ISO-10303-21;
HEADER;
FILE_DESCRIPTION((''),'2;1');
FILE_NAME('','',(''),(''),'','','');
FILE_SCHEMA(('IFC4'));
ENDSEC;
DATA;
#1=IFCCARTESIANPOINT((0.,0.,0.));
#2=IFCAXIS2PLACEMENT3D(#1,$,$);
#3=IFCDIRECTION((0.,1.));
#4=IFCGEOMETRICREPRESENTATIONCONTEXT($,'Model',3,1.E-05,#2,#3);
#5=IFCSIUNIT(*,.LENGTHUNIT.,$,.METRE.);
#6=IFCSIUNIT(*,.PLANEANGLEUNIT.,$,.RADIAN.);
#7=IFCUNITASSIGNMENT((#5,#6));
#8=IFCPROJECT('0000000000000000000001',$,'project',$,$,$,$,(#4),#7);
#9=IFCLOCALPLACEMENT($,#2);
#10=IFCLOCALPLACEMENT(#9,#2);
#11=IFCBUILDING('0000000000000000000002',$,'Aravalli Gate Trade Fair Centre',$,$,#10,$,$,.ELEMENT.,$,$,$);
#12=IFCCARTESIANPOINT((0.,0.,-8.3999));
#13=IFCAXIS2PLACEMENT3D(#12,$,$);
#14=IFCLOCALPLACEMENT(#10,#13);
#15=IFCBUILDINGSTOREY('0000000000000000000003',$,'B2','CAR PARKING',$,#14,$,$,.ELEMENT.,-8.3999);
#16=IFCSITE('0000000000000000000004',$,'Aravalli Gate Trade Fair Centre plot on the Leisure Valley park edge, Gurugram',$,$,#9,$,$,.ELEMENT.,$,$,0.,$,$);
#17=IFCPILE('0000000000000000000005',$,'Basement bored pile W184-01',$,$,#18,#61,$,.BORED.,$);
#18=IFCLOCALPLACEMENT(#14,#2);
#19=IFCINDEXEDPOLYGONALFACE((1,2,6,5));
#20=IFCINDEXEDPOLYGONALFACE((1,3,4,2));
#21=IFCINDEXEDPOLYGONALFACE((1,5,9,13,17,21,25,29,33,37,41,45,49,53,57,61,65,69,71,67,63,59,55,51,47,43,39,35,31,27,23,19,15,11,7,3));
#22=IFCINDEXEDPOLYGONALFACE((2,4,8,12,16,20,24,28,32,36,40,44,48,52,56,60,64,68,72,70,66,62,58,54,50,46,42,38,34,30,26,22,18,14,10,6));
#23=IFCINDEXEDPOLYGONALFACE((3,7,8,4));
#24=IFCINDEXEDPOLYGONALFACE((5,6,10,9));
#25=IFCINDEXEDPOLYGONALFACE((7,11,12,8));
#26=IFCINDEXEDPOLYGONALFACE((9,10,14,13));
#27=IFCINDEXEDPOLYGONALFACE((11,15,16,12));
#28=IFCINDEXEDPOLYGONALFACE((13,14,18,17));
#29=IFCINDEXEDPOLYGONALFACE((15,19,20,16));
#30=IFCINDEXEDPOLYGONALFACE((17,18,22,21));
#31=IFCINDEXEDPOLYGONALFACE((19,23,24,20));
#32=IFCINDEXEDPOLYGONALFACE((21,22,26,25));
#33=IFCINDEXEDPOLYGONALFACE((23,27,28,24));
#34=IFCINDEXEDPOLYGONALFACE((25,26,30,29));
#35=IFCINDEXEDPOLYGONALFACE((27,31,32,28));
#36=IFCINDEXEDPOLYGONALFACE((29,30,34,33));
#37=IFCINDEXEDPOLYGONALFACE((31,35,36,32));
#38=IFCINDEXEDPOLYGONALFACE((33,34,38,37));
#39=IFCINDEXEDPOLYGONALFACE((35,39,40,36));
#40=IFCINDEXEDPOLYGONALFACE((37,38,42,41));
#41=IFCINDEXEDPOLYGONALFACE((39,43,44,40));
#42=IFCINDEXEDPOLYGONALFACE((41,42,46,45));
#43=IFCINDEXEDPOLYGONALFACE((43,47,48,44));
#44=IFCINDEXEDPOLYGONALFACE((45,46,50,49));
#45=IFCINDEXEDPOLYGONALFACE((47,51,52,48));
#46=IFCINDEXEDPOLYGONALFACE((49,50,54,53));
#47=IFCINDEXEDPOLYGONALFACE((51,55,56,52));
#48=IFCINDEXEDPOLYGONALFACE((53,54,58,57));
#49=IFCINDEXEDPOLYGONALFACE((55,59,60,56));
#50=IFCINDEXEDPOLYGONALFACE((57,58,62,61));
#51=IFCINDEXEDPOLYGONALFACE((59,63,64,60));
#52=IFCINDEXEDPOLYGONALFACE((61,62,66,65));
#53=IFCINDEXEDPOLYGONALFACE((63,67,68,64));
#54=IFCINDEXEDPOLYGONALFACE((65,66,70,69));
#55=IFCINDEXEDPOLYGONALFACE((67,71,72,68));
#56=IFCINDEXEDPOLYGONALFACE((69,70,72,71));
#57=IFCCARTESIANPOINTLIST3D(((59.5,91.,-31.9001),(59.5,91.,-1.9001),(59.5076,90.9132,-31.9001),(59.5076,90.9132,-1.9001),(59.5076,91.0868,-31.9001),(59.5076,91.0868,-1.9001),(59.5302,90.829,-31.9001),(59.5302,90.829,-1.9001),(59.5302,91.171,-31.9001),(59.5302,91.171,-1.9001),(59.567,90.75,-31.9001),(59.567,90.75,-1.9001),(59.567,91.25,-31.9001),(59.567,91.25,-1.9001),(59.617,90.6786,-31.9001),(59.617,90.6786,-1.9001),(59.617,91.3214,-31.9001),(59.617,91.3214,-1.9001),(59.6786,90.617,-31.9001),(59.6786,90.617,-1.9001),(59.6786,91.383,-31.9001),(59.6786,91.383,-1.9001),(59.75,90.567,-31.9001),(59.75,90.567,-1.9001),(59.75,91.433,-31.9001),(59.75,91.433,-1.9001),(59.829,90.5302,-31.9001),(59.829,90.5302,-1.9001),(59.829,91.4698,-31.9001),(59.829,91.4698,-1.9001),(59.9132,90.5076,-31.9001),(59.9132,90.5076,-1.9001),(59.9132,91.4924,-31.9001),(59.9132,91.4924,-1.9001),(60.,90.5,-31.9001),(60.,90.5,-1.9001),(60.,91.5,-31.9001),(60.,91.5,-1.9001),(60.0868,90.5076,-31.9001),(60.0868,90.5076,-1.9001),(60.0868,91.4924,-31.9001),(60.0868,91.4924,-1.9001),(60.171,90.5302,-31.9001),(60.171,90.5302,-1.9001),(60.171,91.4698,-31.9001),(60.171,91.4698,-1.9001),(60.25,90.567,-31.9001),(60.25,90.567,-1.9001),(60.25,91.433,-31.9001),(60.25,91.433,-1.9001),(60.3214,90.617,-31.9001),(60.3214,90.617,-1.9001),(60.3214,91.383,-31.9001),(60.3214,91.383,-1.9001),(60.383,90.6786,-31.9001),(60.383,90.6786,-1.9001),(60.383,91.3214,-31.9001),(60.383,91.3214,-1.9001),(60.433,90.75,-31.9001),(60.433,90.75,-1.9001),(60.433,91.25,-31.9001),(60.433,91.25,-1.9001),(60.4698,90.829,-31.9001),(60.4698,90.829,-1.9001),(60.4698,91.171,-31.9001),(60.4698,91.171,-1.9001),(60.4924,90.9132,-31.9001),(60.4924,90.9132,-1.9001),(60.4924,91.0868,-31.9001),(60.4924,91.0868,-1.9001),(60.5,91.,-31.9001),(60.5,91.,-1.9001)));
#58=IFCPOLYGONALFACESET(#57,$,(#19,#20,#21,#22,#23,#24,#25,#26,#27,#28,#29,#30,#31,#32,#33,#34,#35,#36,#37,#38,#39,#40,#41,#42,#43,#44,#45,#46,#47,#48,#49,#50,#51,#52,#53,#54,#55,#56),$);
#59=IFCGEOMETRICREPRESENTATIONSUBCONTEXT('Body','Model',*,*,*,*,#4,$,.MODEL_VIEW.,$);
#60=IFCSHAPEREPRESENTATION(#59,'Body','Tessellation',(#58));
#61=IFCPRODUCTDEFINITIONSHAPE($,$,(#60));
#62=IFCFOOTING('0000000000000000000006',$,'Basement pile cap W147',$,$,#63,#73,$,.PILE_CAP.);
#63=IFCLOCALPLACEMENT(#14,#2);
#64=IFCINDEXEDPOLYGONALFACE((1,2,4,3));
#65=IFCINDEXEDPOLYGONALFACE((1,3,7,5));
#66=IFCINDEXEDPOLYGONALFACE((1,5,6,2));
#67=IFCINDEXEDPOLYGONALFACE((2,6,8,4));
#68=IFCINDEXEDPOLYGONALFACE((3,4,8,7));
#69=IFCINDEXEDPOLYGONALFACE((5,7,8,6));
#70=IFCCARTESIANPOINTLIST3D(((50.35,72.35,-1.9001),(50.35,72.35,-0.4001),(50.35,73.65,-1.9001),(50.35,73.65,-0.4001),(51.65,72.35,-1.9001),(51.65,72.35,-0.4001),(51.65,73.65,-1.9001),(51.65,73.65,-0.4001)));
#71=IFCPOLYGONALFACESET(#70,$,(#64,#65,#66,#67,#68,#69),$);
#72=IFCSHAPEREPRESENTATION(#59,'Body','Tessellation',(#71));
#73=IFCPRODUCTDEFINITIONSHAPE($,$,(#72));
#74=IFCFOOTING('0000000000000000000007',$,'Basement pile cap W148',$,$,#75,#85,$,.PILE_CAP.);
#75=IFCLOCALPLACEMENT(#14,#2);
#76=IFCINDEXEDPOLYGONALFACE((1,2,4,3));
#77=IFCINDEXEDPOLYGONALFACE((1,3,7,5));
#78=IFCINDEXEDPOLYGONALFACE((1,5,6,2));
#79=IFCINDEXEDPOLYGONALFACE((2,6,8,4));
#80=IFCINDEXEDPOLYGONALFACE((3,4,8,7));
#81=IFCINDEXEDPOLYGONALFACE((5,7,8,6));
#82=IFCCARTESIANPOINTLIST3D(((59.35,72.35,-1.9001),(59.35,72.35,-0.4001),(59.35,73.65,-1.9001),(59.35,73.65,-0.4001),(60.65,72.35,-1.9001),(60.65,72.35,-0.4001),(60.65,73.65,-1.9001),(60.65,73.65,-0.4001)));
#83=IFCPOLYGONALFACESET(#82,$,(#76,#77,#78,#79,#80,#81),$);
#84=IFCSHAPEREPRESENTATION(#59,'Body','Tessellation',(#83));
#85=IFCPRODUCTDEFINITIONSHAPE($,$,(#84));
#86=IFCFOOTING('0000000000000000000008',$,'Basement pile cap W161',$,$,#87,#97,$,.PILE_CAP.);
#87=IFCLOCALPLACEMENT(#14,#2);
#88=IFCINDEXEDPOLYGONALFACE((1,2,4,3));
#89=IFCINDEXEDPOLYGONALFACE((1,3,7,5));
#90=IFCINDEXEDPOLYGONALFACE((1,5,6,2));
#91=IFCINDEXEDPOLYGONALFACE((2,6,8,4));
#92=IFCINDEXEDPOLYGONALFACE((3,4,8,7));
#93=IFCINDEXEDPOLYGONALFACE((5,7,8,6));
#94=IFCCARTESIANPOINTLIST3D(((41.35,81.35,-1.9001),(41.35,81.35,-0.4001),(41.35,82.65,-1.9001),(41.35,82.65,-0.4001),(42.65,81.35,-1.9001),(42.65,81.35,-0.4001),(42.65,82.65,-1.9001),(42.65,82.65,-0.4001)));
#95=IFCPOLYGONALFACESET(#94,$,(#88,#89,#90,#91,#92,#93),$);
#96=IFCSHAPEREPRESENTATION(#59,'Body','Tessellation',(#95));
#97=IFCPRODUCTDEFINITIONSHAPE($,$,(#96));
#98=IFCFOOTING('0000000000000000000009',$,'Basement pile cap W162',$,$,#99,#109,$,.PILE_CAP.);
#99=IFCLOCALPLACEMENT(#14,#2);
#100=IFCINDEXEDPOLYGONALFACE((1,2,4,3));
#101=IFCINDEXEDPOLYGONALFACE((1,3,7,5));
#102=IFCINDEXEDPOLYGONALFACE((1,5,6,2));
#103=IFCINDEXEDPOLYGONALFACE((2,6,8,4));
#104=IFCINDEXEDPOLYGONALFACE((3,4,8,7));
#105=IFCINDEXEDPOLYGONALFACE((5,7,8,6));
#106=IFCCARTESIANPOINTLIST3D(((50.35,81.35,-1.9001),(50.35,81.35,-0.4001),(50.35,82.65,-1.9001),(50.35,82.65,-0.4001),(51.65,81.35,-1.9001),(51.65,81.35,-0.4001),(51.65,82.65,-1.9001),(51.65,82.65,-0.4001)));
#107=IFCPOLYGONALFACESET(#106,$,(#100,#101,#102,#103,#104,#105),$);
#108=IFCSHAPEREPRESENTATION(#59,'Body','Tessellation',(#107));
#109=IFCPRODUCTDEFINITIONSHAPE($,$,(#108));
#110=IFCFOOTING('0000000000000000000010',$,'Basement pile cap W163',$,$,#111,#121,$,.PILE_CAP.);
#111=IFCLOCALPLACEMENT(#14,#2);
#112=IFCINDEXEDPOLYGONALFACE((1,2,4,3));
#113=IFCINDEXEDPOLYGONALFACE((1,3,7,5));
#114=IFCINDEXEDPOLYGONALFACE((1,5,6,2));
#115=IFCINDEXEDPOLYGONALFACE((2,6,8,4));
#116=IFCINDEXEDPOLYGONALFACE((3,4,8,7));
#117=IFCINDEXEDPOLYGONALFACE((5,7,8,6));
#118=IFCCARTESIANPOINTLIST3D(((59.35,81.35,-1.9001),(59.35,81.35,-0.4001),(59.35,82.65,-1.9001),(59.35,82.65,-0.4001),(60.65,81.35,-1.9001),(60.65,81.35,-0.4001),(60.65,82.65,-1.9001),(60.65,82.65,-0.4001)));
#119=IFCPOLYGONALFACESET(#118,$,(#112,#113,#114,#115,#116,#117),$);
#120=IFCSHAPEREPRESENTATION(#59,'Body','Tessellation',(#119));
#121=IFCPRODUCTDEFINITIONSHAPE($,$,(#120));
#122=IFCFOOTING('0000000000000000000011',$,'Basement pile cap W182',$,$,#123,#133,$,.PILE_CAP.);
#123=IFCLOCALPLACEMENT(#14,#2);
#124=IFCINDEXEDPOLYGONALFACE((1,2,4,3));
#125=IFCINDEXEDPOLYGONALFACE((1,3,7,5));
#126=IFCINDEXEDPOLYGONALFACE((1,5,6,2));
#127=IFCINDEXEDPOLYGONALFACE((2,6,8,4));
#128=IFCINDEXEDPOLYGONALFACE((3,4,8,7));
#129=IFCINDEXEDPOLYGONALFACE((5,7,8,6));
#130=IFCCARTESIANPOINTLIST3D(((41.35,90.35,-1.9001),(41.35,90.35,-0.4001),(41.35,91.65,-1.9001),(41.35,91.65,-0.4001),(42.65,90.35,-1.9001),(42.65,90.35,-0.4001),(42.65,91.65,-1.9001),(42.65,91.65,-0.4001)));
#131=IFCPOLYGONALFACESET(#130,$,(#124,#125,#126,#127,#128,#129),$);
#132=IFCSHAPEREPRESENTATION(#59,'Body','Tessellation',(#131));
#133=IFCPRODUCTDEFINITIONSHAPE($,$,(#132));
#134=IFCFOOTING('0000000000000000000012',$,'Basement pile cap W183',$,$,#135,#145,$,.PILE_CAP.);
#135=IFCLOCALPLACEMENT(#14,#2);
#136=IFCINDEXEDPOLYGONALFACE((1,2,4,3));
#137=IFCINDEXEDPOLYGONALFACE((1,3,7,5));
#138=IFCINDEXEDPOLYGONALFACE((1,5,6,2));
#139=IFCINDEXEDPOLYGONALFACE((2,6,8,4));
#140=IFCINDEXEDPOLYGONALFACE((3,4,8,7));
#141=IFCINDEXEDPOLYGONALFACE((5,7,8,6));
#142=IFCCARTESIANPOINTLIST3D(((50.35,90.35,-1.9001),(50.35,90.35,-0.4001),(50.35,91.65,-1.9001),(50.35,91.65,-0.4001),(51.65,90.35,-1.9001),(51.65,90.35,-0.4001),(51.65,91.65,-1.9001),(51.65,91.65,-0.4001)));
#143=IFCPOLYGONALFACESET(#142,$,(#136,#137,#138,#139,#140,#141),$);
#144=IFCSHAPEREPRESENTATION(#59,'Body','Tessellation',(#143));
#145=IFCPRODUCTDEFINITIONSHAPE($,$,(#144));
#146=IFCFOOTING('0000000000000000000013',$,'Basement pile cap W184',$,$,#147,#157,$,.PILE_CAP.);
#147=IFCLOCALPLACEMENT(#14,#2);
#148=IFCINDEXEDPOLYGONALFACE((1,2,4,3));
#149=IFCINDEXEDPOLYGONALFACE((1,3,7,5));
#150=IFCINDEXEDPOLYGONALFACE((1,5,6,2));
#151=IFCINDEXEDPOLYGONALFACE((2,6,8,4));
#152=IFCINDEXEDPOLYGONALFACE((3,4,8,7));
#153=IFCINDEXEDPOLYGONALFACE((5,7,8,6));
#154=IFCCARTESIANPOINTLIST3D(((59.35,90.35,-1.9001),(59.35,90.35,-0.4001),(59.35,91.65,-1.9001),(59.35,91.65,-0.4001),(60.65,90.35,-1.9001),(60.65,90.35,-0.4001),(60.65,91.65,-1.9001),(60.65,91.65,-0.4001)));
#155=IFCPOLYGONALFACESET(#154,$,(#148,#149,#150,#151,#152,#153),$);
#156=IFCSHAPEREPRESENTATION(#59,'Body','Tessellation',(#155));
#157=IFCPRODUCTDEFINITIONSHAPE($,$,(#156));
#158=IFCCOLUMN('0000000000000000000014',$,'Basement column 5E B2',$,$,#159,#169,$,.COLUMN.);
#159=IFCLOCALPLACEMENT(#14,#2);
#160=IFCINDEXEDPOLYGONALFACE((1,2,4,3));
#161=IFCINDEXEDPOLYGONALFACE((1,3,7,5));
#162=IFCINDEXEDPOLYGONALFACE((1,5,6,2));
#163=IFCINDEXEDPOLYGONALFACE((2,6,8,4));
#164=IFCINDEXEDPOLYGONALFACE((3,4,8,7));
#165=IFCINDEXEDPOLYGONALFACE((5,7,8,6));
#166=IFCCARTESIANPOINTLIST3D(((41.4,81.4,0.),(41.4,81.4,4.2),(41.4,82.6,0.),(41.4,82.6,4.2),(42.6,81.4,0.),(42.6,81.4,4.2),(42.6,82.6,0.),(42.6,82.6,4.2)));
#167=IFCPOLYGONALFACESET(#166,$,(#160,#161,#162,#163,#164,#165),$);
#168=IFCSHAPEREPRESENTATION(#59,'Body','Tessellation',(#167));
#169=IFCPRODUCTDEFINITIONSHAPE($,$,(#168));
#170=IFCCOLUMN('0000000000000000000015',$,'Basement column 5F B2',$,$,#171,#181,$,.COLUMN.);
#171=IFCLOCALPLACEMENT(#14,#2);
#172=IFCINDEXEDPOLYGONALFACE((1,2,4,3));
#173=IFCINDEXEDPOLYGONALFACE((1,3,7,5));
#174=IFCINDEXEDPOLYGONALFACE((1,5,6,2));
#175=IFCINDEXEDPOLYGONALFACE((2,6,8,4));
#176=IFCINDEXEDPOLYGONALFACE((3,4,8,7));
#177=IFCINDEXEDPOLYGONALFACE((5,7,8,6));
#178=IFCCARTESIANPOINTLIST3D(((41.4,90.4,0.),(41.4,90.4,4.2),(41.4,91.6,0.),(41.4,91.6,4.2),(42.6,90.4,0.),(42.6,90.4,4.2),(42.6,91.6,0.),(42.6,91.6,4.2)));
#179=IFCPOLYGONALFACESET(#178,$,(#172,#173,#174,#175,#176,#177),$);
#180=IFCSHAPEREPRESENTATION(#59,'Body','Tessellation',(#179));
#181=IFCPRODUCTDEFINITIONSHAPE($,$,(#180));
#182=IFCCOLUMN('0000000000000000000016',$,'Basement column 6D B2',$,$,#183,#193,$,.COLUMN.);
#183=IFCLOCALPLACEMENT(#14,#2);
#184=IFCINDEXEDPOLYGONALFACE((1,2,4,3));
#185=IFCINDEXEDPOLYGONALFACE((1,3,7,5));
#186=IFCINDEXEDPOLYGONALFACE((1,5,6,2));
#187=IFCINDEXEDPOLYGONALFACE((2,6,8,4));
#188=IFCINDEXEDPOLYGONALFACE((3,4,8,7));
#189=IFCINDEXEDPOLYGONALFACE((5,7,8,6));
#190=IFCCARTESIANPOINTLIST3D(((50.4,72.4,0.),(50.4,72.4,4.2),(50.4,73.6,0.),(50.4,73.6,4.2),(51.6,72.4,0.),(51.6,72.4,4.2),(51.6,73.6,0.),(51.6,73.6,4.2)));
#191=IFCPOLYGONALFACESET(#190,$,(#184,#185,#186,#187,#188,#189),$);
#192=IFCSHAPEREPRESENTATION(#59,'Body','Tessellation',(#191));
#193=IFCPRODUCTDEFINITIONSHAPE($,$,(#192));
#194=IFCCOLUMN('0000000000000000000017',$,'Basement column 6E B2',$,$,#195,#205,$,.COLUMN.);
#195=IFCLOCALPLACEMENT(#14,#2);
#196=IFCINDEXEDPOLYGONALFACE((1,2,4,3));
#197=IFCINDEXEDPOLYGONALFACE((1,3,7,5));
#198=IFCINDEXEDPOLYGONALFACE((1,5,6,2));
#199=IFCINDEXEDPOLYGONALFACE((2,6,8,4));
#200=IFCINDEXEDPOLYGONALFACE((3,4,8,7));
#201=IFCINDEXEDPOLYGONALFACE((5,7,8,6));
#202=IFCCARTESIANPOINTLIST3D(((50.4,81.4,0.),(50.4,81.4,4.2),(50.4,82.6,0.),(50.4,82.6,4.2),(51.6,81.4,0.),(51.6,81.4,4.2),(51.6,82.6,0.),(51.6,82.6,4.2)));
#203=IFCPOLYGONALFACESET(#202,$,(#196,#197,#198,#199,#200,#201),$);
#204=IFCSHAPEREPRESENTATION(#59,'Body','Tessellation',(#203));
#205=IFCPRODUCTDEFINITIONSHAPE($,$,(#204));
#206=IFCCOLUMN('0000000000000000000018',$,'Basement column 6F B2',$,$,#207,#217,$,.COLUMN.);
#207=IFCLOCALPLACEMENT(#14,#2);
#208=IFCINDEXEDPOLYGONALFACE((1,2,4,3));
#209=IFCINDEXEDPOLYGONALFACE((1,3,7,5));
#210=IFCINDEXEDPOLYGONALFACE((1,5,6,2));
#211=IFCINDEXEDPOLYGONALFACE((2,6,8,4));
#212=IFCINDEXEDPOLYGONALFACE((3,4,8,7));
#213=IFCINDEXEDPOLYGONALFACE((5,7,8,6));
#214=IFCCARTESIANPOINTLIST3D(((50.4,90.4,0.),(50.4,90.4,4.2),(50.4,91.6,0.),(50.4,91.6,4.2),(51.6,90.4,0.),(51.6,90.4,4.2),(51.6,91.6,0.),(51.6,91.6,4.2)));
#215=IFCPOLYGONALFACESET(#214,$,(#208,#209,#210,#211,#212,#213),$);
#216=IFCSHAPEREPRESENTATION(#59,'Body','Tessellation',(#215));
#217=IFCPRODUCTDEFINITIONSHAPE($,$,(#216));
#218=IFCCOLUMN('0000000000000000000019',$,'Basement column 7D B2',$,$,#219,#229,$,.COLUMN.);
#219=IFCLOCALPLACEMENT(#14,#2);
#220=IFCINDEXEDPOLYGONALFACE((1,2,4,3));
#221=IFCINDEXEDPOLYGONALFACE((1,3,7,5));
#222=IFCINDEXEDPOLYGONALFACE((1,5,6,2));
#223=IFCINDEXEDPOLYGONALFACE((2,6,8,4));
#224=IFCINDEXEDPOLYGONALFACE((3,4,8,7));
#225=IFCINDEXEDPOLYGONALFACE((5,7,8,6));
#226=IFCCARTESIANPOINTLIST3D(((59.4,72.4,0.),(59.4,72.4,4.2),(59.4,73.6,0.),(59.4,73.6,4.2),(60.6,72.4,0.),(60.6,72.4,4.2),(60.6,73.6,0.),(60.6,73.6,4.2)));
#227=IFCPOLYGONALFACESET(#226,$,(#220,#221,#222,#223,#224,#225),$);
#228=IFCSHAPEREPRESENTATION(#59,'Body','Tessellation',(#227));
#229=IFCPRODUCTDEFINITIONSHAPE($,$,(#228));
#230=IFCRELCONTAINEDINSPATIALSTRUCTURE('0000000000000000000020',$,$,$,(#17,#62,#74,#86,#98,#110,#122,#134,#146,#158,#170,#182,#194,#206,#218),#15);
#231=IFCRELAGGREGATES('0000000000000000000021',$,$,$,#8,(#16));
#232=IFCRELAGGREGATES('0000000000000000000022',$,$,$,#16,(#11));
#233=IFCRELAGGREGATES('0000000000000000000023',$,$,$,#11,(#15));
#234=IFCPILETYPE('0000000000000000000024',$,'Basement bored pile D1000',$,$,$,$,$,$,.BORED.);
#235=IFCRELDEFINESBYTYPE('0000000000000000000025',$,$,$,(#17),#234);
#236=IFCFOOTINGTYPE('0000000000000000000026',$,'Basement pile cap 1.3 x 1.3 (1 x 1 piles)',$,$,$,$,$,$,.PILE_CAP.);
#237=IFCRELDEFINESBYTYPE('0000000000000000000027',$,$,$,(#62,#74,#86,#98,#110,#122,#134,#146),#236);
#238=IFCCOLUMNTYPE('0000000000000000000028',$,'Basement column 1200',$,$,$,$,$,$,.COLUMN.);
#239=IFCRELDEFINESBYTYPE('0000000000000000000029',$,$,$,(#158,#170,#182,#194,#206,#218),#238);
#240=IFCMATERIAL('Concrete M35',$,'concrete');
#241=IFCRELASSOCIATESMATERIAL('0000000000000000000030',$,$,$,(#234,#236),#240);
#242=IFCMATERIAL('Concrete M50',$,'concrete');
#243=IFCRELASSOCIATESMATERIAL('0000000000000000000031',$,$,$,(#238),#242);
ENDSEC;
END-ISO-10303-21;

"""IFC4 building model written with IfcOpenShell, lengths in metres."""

from ifc_helpers import new_model, si_unit, direction, frame, origin, origin_2d, place, context, subcontext, project, spatial, rectangle, circle, extrude, material, material_profile, profile_set, type_object, element, save


model = new_model("IFC4")

# Units and contexts
model_context = context("Model", 3, precision=1e-05, world=origin(), true_north=direction((0.0, 1.0)))
body_context = subcontext(model_context, "Body", "Model", "MODEL_VIEW")
ifc_project = project(units=[si_unit("LENGTHUNIT", "METRE"), si_unit("PLANEANGLEUNIT", "RADIAN")], contexts=[model_context])

# Site, building, storey
site_placement = place(None, origin())
site = spatial("IfcSite", under=ifc_project, at=site_placement, Name="Aravalli Gate Trade Fair Centre plot on the Leisure Valley park edge, Gurugram", CompositionType="ELEMENT", RefElevation=0.0)
building_placement = place(site_placement, origin())
building = spatial("IfcBuilding", under=site, at=building_placement, Name="Aravalli Gate Trade Fair Centre", CompositionType="ELEMENT")
storey_placement = place(building_placement, frame((0.0, 0.0, -8.3999)))
storey = spatial("IfcBuildingStorey", under=building, at=storey_placement, Name="B2", Description="CAR PARKING", CompositionType="ELEMENT", Elevation=-8.3999)

# Pile
ifc_material_1 = material(Name="Concrete M35", Category="concrete")
ifc_material_profile_1 = material_profile(ifc_material_1, circle(Radius=0.5, at=origin_2d()), Name="D1000")
ifc_profile_set_1 = profile_set([ifc_material_profile_1], Name="Concrete M35")
pile_type = type_object("IfcPileType", Name="Basement bored pile D1000", PredefinedType="BORED", material=ifc_profile_set_1)
for number, where, z_axis, x_axis, name in (
    (1, (60.0, 91.0, -1.9001), (0.0, 0.0, -1.0), (1.0, 0.0, 0.0), "Basement bored pile W184-01"),
):
    element("IfcPile", number, at=place(storey_placement, frame(where, z_axis=z_axis, x_axis=x_axis)), inside=storey, type_object=pile_type, Name=name, PredefinedType="BORED", context=body_context, shape_type="SweptSolid", body=[
        extrude(circle(Radius=0.5, at=origin_2d()), origin(), (0.0, 0.0, 1.0), 30.0),
    ])

# Footings
footing_type = type_object("IfcFootingType", Name="Basement pile cap 1.3 x 1.3 (1 x 1 piles)", PredefinedType="PILE_CAP", material=ifc_material_1)
for number, where, z_axis, x_axis, name in (
    (2, (51.0, 73.0, -1.9001), (0.0, 0.0, 1.0), (1.0, 0.0, 0.0), "Basement pile cap W147"),
    (3, (60.0, 73.0, -1.9001), (0.0, 0.0, 1.0), (1.0, 0.0, 0.0), "Basement pile cap W148"),
    (4, (42.0, 82.0, -1.9001), (0.0, 0.0, 1.0), (1.0, 0.0, 0.0), "Basement pile cap W161"),
    (5, (51.0, 82.0, -1.9001), (0.0, 0.0, 1.0), (1.0, 0.0, 0.0), "Basement pile cap W162"),
    (6, (60.0, 82.0, -1.9001), (0.0, 0.0, 1.0), (1.0, 0.0, 0.0), "Basement pile cap W163"),
    (7, (42.0, 91.0, -1.9001), (0.0, 0.0, 1.0), (1.0, 0.0, 0.0), "Basement pile cap W182"),
    (8, (51.0, 91.0, -1.9001), (0.0, 0.0, 1.0), (1.0, 0.0, 0.0), "Basement pile cap W183"),
    (9, (60.0, 91.0, -1.9001), (0.0, 0.0, 1.0), (1.0, 0.0, 0.0), "Basement pile cap W184"),
):
    element("IfcFooting", number, at=place(storey_placement, frame(where, z_axis=z_axis, x_axis=x_axis)), inside=storey, type_object=footing_type, Name=name, PredefinedType="PILE_CAP", context=body_context, shape_type="SweptSolid", body=[
        extrude(rectangle(XDim=1.3, YDim=1.3, at=origin_2d()), origin(), (0.0, 0.0, 1.0), 1.5),
    ])

# Columns
ifc_material_2 = material(Name="Concrete M50", Category="concrete")
ifc_material_profile_2 = material_profile(ifc_material_2, rectangle(XDim=1.2, YDim=1.2, at=origin_2d()), Name="RC 1200 x 1200")
ifc_profile_set_2 = profile_set([ifc_material_profile_2], Name="Concrete M50")
column_type = type_object("IfcColumnType", Name="Basement column 1200", PredefinedType="COLUMN", material=ifc_profile_set_2)
for number, where, z_axis, x_axis, name in (
    (10, (42.0, 82.0, 0.0), (0.0, 0.0, 1.0), (1.0, 0.0, 0.0), "Basement column 5E B2"),
    (11, (42.0, 91.0, 0.0), (0.0, 0.0, 1.0), (1.0, 0.0, 0.0), "Basement column 5F B2"),
    (12, (51.0, 73.0, 0.0), (0.0, 0.0, 1.0), (1.0, 0.0, 0.0), "Basement column 6D B2"),
    (13, (51.0, 82.0, 0.0), (0.0, 0.0, 1.0), (1.0, 0.0, 0.0), "Basement column 6E B2"),
    (14, (51.0, 91.0, 0.0), (0.0, 0.0, 1.0), (1.0, 0.0, 0.0), "Basement column 6F B2"),
    (15, (60.0, 73.0, 0.0), (0.0, 0.0, 1.0), (1.0, 0.0, 0.0), "Basement column 7D B2"),
):
    element("IfcColumn", number, at=place(storey_placement, frame(where, z_axis=z_axis, x_axis=x_axis)), inside=storey, type_object=column_type, Name=name, PredefinedType="COLUMN", context=body_context, shape_type="SweptSolid", body=[
        extrude(rectangle(XDim=1.2, YDim=1.2, at=origin_2d()), origin(), (0.0, 0.0, 1.0), 4.2),
    ])

save(model, "model.ifc")
